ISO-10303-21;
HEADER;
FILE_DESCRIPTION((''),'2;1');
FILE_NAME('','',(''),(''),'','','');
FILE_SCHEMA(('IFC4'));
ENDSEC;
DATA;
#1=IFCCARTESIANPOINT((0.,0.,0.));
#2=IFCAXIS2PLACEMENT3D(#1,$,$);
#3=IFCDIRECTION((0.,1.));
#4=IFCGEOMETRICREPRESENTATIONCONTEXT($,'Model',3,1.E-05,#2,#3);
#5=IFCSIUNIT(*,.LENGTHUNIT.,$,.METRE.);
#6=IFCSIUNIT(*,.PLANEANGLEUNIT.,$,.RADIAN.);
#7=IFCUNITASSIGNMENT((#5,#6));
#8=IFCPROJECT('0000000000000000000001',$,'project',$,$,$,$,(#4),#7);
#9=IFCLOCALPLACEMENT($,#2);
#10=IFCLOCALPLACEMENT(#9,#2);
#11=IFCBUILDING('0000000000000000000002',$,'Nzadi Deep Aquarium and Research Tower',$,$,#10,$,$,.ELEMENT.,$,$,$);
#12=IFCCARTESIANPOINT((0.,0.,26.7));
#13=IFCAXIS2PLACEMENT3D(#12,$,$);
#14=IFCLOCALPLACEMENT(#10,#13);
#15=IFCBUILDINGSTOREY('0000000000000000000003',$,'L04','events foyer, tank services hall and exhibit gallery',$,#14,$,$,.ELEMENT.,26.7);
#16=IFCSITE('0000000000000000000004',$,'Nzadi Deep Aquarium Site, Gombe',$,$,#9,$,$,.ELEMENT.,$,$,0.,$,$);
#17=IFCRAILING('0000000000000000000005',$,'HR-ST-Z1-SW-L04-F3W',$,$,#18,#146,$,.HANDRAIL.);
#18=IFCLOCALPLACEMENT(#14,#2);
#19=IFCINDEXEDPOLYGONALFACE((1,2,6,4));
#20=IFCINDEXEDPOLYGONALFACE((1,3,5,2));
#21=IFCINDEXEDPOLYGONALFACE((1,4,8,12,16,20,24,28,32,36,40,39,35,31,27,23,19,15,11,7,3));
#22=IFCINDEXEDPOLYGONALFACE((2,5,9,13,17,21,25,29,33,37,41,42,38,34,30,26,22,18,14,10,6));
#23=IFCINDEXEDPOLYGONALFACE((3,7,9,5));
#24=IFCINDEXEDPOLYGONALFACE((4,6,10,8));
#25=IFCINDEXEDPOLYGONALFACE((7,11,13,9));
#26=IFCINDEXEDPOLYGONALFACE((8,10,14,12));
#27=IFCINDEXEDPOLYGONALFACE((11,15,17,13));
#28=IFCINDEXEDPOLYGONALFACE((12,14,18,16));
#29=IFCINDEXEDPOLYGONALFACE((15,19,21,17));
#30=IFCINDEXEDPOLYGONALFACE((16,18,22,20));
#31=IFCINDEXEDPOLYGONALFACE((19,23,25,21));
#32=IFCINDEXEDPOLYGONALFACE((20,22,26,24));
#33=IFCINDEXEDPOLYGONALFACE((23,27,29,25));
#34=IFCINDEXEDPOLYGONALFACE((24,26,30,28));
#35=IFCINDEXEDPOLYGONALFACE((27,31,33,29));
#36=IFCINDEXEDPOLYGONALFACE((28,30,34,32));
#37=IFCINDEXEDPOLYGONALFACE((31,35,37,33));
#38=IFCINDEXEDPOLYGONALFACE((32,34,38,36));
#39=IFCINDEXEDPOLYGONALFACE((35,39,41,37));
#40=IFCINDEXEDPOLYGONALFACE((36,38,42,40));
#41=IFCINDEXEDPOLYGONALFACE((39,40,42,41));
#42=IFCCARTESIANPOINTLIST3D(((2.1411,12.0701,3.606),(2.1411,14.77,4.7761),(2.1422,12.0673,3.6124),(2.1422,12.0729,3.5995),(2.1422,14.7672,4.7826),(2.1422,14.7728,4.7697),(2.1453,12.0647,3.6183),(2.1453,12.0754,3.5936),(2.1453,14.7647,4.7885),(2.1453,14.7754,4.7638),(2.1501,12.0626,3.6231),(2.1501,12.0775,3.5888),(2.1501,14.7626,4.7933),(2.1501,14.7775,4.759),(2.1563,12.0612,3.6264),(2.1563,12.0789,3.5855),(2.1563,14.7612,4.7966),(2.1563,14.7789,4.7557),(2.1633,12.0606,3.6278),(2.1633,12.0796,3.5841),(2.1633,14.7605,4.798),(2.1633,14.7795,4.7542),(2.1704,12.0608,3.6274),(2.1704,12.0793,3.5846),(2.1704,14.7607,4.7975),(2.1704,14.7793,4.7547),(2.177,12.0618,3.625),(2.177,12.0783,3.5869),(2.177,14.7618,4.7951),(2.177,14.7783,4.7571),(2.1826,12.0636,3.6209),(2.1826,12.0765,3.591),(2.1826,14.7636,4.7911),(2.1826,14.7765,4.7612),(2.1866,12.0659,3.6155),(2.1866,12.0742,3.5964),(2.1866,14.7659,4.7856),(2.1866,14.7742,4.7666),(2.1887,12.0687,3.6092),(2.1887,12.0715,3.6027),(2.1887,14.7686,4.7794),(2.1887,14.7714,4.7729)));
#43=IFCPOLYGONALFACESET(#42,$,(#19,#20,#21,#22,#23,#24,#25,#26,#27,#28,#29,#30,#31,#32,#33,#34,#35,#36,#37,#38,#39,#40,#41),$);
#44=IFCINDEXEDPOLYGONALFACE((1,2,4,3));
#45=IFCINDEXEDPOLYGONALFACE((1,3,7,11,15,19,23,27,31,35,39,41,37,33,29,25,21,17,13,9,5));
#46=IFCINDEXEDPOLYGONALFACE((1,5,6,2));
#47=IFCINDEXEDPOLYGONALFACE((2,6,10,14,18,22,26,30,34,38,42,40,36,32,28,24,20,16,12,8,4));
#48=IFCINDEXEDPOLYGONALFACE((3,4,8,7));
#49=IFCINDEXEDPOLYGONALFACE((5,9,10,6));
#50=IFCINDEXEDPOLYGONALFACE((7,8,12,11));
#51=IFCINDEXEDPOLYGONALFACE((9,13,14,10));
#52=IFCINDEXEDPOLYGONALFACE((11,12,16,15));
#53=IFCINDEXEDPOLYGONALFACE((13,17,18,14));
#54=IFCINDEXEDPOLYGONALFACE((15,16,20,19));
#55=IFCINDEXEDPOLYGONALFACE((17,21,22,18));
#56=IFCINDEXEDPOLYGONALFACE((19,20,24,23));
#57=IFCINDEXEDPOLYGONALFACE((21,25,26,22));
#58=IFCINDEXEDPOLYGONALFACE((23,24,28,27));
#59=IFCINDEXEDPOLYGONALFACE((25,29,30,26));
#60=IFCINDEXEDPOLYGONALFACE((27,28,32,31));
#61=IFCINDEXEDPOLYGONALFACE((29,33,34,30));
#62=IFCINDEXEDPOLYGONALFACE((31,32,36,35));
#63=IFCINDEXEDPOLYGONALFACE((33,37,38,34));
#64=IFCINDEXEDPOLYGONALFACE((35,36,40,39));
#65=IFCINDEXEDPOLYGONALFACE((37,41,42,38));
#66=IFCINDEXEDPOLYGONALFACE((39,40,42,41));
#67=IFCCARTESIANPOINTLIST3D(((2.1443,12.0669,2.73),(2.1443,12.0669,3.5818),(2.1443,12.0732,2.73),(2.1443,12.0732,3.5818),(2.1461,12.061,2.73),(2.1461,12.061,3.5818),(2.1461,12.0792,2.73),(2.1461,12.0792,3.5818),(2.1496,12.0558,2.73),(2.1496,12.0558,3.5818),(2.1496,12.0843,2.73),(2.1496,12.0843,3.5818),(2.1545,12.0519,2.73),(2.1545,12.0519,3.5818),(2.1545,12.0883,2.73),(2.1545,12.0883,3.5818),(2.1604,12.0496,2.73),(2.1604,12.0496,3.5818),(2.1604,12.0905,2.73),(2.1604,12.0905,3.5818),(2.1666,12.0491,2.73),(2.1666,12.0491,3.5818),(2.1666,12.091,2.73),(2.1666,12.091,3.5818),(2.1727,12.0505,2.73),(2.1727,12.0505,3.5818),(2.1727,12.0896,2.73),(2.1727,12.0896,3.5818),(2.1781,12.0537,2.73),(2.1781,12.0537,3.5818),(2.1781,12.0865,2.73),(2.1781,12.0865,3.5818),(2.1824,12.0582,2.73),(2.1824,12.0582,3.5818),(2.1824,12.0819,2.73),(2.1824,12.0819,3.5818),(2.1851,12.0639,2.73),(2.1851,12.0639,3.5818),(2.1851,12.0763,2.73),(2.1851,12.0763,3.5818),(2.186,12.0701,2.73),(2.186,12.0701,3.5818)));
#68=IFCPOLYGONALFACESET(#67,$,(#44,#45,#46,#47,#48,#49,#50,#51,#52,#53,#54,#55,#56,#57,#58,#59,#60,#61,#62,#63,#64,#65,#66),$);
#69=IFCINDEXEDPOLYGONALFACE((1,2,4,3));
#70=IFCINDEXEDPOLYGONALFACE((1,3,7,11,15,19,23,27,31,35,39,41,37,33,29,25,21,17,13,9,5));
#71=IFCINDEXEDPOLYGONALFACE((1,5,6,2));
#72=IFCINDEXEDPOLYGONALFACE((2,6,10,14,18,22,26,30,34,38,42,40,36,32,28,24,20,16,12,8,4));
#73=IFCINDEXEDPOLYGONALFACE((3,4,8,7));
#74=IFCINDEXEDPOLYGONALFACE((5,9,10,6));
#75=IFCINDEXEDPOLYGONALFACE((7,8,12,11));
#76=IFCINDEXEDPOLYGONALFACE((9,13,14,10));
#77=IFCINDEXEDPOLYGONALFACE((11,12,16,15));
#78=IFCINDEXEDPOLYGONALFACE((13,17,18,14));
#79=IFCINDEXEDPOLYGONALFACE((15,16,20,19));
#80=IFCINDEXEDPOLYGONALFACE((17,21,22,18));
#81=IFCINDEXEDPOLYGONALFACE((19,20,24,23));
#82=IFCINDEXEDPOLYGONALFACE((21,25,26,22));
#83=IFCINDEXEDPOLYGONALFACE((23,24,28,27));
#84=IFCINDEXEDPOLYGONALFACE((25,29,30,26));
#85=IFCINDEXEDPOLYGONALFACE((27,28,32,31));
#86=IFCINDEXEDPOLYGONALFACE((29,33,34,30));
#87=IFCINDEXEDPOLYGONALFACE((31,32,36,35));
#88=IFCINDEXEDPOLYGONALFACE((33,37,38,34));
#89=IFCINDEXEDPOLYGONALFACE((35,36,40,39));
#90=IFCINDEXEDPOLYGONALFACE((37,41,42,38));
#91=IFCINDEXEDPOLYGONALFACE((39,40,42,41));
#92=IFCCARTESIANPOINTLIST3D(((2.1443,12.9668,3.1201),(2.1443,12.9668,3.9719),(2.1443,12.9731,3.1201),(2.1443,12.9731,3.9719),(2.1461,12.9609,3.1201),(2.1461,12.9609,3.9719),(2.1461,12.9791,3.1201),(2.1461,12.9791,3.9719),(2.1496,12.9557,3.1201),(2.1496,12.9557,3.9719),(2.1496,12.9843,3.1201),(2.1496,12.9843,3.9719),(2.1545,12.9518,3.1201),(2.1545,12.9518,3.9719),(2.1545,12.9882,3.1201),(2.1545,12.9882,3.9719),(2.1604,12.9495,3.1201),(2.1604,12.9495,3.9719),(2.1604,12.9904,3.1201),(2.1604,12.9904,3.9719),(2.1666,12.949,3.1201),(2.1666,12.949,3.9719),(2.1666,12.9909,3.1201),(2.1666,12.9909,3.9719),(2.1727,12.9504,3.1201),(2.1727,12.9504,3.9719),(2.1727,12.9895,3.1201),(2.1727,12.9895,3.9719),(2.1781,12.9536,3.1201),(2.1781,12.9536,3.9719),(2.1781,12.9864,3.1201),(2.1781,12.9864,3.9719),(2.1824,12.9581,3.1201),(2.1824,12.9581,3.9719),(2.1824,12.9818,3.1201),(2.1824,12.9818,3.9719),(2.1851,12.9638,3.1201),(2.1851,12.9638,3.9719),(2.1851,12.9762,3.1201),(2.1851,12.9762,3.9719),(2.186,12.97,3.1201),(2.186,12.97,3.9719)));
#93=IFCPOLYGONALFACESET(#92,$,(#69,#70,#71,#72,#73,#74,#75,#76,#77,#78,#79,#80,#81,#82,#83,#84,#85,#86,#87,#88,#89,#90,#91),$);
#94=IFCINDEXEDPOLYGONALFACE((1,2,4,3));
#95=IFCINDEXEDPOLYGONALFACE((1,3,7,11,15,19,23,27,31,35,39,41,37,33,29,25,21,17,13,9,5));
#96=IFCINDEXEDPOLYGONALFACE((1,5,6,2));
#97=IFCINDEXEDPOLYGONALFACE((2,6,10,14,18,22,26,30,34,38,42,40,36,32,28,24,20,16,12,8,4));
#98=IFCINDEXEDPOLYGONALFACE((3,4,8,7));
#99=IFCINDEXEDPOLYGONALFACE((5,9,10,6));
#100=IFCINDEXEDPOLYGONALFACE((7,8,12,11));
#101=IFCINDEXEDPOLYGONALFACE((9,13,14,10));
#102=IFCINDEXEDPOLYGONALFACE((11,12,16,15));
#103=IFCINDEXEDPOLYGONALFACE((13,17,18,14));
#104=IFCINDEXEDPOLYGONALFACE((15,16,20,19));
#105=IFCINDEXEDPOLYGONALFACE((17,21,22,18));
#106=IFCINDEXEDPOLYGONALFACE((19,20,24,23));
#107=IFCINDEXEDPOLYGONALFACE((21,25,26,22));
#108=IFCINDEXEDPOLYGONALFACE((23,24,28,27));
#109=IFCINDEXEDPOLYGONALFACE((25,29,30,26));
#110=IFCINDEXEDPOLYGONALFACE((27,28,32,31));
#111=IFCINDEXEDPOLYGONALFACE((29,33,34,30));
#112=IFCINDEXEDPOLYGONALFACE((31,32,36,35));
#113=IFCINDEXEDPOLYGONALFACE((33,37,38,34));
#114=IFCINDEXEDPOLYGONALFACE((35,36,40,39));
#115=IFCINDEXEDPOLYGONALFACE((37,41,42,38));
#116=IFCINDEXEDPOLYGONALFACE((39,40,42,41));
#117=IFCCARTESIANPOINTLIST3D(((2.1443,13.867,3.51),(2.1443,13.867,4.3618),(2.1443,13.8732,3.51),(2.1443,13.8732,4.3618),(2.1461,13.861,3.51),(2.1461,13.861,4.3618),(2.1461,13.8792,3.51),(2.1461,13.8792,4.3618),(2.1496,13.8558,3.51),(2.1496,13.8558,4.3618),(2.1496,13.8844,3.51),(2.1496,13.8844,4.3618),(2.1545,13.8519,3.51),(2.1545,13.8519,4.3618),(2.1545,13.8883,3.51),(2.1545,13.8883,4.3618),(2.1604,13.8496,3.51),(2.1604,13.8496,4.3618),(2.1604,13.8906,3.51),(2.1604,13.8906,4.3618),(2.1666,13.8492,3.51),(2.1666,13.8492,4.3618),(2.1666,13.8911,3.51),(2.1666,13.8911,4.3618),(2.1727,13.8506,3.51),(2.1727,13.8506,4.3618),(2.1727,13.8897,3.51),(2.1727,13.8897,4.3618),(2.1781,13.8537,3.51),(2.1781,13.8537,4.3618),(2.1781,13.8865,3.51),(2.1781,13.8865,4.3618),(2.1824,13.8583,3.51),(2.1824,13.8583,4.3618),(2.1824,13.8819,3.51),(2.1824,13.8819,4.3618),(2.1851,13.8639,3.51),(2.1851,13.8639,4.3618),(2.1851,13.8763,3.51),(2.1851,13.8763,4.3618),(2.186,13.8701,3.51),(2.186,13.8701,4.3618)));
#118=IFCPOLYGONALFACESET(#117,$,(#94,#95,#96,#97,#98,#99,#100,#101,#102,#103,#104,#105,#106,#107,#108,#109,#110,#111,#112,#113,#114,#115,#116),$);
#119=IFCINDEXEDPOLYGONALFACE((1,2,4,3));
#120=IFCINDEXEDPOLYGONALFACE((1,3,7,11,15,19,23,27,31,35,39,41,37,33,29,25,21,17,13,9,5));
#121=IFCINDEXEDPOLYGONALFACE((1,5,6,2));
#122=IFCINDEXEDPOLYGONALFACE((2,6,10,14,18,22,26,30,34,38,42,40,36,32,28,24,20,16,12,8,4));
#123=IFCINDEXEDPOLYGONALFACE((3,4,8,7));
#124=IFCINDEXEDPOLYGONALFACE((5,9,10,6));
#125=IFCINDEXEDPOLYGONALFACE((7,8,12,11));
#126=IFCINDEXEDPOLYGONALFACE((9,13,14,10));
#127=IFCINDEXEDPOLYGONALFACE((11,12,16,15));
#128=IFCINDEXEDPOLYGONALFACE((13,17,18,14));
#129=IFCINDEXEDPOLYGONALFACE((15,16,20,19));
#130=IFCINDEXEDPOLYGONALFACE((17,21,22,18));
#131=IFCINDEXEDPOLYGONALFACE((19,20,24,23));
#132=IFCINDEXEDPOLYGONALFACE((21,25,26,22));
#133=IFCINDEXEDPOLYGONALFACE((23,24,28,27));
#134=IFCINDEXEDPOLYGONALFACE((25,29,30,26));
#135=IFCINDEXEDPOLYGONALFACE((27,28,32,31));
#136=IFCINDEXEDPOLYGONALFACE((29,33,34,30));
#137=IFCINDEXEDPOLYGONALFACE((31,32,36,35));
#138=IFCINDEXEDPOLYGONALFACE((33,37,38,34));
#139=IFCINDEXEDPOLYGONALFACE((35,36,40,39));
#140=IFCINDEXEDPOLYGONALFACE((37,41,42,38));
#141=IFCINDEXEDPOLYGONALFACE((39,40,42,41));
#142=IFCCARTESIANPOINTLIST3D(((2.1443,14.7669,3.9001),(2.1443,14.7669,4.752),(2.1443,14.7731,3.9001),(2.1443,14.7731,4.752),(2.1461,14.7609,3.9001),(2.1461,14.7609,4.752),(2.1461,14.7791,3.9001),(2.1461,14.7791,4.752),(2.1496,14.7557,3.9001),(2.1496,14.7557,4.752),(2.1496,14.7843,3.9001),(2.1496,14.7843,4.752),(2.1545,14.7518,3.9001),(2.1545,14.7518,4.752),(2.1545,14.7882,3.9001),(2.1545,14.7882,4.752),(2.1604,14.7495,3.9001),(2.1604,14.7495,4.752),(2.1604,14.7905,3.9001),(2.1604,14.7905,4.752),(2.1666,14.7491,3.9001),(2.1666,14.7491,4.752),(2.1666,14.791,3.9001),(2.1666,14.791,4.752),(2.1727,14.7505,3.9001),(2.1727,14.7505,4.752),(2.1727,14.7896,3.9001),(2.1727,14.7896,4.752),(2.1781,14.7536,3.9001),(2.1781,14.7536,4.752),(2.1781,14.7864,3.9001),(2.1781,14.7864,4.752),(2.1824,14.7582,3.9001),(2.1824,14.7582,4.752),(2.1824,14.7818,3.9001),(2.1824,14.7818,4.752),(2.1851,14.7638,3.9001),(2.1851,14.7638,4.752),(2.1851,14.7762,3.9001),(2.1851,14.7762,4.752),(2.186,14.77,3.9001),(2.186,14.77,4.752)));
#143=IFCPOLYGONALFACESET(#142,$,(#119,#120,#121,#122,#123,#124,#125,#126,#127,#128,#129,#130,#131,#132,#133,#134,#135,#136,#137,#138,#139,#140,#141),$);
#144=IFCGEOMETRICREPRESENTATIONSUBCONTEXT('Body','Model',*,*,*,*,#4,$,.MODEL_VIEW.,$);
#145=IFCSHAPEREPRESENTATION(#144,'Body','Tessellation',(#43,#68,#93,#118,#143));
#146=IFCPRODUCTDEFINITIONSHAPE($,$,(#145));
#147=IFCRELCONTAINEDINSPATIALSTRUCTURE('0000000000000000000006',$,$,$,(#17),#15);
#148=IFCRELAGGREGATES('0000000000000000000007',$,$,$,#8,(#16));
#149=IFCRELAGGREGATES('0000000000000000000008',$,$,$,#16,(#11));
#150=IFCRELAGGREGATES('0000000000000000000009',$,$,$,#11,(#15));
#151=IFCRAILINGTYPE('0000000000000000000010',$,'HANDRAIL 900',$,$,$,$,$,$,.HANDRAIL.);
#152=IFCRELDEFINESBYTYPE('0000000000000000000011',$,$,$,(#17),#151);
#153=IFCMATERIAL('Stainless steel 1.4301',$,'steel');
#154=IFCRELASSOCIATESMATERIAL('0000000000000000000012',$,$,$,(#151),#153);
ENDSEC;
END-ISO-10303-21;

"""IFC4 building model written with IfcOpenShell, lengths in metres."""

from ifc_helpers import new_model, si_unit, direction, frame, origin, origin_2d, place, context, subcontext, project, spatial, circle, extrude, material, type_object, element, save


model = new_model("IFC4")

# Units and contexts
model_context = context("Model", 3, precision=1e-05, world=origin(), true_north=direction((0.0, 1.0)))
body_context = subcontext(model_context, "Body", "Model", "MODEL_VIEW")
ifc_project = project(units=[si_unit("LENGTHUNIT", "METRE"), si_unit("PLANEANGLEUNIT", "RADIAN")], contexts=[model_context])

# Site, building, storey
site_placement = place(None, origin())
site = spatial("IfcSite", under=ifc_project, at=site_placement, Name="Nzadi Deep Aquarium Site, Gombe", CompositionType="ELEMENT", RefElevation=0.0)
building_placement = place(site_placement, origin())
building = spatial("IfcBuilding", under=site, at=building_placement, Name="Nzadi Deep Aquarium and Research Tower", CompositionType="ELEMENT")
storey_placement = place(building_placement, frame((0.0, 0.0, 26.7)))
storey = spatial("IfcBuildingStorey", under=building, at=storey_placement, Name="L04", Description="events foyer, tank services hall and exhibit gallery", CompositionType="ELEMENT", Elevation=26.7)

# Railing
ifc_material_1 = material(Name="Stainless steel 1.4301", Category="steel")
railing_type = type_object("IfcRailingType", Name="HANDRAIL 900", PredefinedType="HANDRAIL", material=ifc_material_1)
railing_placement = place(storey_placement, frame((2.165, 12.0701, 2.73)))
element("IfcRailing", 1, at=railing_placement, inside=storey, type_object=railing_type, Name="HR-ST-Z1-SW-L04-F3W", PredefinedType="HANDRAIL", context=body_context, shape_type="SweptSolid", body=[
    extrude(circle(Radius=0.0239, at=origin_2d()), frame((0.0, 0.0, 0.876), z_axis=(0.0, 0.917532, 0.397661), x_axis=(-1.0, 0.0, 0.0)), (0.0, 0.0, 1.0), 2.9426),
    extrude(circle(Radius=0.021, at=origin_2d()), origin(), (0.0, 0.0, 1.0), 0.8518),
    extrude(circle(Radius=0.021, at=origin_2d()), frame((0.0, 0.8999, 0.3901)), (0.0, 0.0, 1.0), 0.8518),
    extrude(circle(Radius=0.021, at=origin_2d()), frame((0.0, 1.8, 0.78)), (0.0, 0.0, 1.0), 0.8518),
    extrude(circle(Radius=0.021, at=origin_2d()), frame((0.0, 2.7, 1.1702)), (0.0, 0.0, 1.0), 0.8518),
])

save(model, "model.ifc")
